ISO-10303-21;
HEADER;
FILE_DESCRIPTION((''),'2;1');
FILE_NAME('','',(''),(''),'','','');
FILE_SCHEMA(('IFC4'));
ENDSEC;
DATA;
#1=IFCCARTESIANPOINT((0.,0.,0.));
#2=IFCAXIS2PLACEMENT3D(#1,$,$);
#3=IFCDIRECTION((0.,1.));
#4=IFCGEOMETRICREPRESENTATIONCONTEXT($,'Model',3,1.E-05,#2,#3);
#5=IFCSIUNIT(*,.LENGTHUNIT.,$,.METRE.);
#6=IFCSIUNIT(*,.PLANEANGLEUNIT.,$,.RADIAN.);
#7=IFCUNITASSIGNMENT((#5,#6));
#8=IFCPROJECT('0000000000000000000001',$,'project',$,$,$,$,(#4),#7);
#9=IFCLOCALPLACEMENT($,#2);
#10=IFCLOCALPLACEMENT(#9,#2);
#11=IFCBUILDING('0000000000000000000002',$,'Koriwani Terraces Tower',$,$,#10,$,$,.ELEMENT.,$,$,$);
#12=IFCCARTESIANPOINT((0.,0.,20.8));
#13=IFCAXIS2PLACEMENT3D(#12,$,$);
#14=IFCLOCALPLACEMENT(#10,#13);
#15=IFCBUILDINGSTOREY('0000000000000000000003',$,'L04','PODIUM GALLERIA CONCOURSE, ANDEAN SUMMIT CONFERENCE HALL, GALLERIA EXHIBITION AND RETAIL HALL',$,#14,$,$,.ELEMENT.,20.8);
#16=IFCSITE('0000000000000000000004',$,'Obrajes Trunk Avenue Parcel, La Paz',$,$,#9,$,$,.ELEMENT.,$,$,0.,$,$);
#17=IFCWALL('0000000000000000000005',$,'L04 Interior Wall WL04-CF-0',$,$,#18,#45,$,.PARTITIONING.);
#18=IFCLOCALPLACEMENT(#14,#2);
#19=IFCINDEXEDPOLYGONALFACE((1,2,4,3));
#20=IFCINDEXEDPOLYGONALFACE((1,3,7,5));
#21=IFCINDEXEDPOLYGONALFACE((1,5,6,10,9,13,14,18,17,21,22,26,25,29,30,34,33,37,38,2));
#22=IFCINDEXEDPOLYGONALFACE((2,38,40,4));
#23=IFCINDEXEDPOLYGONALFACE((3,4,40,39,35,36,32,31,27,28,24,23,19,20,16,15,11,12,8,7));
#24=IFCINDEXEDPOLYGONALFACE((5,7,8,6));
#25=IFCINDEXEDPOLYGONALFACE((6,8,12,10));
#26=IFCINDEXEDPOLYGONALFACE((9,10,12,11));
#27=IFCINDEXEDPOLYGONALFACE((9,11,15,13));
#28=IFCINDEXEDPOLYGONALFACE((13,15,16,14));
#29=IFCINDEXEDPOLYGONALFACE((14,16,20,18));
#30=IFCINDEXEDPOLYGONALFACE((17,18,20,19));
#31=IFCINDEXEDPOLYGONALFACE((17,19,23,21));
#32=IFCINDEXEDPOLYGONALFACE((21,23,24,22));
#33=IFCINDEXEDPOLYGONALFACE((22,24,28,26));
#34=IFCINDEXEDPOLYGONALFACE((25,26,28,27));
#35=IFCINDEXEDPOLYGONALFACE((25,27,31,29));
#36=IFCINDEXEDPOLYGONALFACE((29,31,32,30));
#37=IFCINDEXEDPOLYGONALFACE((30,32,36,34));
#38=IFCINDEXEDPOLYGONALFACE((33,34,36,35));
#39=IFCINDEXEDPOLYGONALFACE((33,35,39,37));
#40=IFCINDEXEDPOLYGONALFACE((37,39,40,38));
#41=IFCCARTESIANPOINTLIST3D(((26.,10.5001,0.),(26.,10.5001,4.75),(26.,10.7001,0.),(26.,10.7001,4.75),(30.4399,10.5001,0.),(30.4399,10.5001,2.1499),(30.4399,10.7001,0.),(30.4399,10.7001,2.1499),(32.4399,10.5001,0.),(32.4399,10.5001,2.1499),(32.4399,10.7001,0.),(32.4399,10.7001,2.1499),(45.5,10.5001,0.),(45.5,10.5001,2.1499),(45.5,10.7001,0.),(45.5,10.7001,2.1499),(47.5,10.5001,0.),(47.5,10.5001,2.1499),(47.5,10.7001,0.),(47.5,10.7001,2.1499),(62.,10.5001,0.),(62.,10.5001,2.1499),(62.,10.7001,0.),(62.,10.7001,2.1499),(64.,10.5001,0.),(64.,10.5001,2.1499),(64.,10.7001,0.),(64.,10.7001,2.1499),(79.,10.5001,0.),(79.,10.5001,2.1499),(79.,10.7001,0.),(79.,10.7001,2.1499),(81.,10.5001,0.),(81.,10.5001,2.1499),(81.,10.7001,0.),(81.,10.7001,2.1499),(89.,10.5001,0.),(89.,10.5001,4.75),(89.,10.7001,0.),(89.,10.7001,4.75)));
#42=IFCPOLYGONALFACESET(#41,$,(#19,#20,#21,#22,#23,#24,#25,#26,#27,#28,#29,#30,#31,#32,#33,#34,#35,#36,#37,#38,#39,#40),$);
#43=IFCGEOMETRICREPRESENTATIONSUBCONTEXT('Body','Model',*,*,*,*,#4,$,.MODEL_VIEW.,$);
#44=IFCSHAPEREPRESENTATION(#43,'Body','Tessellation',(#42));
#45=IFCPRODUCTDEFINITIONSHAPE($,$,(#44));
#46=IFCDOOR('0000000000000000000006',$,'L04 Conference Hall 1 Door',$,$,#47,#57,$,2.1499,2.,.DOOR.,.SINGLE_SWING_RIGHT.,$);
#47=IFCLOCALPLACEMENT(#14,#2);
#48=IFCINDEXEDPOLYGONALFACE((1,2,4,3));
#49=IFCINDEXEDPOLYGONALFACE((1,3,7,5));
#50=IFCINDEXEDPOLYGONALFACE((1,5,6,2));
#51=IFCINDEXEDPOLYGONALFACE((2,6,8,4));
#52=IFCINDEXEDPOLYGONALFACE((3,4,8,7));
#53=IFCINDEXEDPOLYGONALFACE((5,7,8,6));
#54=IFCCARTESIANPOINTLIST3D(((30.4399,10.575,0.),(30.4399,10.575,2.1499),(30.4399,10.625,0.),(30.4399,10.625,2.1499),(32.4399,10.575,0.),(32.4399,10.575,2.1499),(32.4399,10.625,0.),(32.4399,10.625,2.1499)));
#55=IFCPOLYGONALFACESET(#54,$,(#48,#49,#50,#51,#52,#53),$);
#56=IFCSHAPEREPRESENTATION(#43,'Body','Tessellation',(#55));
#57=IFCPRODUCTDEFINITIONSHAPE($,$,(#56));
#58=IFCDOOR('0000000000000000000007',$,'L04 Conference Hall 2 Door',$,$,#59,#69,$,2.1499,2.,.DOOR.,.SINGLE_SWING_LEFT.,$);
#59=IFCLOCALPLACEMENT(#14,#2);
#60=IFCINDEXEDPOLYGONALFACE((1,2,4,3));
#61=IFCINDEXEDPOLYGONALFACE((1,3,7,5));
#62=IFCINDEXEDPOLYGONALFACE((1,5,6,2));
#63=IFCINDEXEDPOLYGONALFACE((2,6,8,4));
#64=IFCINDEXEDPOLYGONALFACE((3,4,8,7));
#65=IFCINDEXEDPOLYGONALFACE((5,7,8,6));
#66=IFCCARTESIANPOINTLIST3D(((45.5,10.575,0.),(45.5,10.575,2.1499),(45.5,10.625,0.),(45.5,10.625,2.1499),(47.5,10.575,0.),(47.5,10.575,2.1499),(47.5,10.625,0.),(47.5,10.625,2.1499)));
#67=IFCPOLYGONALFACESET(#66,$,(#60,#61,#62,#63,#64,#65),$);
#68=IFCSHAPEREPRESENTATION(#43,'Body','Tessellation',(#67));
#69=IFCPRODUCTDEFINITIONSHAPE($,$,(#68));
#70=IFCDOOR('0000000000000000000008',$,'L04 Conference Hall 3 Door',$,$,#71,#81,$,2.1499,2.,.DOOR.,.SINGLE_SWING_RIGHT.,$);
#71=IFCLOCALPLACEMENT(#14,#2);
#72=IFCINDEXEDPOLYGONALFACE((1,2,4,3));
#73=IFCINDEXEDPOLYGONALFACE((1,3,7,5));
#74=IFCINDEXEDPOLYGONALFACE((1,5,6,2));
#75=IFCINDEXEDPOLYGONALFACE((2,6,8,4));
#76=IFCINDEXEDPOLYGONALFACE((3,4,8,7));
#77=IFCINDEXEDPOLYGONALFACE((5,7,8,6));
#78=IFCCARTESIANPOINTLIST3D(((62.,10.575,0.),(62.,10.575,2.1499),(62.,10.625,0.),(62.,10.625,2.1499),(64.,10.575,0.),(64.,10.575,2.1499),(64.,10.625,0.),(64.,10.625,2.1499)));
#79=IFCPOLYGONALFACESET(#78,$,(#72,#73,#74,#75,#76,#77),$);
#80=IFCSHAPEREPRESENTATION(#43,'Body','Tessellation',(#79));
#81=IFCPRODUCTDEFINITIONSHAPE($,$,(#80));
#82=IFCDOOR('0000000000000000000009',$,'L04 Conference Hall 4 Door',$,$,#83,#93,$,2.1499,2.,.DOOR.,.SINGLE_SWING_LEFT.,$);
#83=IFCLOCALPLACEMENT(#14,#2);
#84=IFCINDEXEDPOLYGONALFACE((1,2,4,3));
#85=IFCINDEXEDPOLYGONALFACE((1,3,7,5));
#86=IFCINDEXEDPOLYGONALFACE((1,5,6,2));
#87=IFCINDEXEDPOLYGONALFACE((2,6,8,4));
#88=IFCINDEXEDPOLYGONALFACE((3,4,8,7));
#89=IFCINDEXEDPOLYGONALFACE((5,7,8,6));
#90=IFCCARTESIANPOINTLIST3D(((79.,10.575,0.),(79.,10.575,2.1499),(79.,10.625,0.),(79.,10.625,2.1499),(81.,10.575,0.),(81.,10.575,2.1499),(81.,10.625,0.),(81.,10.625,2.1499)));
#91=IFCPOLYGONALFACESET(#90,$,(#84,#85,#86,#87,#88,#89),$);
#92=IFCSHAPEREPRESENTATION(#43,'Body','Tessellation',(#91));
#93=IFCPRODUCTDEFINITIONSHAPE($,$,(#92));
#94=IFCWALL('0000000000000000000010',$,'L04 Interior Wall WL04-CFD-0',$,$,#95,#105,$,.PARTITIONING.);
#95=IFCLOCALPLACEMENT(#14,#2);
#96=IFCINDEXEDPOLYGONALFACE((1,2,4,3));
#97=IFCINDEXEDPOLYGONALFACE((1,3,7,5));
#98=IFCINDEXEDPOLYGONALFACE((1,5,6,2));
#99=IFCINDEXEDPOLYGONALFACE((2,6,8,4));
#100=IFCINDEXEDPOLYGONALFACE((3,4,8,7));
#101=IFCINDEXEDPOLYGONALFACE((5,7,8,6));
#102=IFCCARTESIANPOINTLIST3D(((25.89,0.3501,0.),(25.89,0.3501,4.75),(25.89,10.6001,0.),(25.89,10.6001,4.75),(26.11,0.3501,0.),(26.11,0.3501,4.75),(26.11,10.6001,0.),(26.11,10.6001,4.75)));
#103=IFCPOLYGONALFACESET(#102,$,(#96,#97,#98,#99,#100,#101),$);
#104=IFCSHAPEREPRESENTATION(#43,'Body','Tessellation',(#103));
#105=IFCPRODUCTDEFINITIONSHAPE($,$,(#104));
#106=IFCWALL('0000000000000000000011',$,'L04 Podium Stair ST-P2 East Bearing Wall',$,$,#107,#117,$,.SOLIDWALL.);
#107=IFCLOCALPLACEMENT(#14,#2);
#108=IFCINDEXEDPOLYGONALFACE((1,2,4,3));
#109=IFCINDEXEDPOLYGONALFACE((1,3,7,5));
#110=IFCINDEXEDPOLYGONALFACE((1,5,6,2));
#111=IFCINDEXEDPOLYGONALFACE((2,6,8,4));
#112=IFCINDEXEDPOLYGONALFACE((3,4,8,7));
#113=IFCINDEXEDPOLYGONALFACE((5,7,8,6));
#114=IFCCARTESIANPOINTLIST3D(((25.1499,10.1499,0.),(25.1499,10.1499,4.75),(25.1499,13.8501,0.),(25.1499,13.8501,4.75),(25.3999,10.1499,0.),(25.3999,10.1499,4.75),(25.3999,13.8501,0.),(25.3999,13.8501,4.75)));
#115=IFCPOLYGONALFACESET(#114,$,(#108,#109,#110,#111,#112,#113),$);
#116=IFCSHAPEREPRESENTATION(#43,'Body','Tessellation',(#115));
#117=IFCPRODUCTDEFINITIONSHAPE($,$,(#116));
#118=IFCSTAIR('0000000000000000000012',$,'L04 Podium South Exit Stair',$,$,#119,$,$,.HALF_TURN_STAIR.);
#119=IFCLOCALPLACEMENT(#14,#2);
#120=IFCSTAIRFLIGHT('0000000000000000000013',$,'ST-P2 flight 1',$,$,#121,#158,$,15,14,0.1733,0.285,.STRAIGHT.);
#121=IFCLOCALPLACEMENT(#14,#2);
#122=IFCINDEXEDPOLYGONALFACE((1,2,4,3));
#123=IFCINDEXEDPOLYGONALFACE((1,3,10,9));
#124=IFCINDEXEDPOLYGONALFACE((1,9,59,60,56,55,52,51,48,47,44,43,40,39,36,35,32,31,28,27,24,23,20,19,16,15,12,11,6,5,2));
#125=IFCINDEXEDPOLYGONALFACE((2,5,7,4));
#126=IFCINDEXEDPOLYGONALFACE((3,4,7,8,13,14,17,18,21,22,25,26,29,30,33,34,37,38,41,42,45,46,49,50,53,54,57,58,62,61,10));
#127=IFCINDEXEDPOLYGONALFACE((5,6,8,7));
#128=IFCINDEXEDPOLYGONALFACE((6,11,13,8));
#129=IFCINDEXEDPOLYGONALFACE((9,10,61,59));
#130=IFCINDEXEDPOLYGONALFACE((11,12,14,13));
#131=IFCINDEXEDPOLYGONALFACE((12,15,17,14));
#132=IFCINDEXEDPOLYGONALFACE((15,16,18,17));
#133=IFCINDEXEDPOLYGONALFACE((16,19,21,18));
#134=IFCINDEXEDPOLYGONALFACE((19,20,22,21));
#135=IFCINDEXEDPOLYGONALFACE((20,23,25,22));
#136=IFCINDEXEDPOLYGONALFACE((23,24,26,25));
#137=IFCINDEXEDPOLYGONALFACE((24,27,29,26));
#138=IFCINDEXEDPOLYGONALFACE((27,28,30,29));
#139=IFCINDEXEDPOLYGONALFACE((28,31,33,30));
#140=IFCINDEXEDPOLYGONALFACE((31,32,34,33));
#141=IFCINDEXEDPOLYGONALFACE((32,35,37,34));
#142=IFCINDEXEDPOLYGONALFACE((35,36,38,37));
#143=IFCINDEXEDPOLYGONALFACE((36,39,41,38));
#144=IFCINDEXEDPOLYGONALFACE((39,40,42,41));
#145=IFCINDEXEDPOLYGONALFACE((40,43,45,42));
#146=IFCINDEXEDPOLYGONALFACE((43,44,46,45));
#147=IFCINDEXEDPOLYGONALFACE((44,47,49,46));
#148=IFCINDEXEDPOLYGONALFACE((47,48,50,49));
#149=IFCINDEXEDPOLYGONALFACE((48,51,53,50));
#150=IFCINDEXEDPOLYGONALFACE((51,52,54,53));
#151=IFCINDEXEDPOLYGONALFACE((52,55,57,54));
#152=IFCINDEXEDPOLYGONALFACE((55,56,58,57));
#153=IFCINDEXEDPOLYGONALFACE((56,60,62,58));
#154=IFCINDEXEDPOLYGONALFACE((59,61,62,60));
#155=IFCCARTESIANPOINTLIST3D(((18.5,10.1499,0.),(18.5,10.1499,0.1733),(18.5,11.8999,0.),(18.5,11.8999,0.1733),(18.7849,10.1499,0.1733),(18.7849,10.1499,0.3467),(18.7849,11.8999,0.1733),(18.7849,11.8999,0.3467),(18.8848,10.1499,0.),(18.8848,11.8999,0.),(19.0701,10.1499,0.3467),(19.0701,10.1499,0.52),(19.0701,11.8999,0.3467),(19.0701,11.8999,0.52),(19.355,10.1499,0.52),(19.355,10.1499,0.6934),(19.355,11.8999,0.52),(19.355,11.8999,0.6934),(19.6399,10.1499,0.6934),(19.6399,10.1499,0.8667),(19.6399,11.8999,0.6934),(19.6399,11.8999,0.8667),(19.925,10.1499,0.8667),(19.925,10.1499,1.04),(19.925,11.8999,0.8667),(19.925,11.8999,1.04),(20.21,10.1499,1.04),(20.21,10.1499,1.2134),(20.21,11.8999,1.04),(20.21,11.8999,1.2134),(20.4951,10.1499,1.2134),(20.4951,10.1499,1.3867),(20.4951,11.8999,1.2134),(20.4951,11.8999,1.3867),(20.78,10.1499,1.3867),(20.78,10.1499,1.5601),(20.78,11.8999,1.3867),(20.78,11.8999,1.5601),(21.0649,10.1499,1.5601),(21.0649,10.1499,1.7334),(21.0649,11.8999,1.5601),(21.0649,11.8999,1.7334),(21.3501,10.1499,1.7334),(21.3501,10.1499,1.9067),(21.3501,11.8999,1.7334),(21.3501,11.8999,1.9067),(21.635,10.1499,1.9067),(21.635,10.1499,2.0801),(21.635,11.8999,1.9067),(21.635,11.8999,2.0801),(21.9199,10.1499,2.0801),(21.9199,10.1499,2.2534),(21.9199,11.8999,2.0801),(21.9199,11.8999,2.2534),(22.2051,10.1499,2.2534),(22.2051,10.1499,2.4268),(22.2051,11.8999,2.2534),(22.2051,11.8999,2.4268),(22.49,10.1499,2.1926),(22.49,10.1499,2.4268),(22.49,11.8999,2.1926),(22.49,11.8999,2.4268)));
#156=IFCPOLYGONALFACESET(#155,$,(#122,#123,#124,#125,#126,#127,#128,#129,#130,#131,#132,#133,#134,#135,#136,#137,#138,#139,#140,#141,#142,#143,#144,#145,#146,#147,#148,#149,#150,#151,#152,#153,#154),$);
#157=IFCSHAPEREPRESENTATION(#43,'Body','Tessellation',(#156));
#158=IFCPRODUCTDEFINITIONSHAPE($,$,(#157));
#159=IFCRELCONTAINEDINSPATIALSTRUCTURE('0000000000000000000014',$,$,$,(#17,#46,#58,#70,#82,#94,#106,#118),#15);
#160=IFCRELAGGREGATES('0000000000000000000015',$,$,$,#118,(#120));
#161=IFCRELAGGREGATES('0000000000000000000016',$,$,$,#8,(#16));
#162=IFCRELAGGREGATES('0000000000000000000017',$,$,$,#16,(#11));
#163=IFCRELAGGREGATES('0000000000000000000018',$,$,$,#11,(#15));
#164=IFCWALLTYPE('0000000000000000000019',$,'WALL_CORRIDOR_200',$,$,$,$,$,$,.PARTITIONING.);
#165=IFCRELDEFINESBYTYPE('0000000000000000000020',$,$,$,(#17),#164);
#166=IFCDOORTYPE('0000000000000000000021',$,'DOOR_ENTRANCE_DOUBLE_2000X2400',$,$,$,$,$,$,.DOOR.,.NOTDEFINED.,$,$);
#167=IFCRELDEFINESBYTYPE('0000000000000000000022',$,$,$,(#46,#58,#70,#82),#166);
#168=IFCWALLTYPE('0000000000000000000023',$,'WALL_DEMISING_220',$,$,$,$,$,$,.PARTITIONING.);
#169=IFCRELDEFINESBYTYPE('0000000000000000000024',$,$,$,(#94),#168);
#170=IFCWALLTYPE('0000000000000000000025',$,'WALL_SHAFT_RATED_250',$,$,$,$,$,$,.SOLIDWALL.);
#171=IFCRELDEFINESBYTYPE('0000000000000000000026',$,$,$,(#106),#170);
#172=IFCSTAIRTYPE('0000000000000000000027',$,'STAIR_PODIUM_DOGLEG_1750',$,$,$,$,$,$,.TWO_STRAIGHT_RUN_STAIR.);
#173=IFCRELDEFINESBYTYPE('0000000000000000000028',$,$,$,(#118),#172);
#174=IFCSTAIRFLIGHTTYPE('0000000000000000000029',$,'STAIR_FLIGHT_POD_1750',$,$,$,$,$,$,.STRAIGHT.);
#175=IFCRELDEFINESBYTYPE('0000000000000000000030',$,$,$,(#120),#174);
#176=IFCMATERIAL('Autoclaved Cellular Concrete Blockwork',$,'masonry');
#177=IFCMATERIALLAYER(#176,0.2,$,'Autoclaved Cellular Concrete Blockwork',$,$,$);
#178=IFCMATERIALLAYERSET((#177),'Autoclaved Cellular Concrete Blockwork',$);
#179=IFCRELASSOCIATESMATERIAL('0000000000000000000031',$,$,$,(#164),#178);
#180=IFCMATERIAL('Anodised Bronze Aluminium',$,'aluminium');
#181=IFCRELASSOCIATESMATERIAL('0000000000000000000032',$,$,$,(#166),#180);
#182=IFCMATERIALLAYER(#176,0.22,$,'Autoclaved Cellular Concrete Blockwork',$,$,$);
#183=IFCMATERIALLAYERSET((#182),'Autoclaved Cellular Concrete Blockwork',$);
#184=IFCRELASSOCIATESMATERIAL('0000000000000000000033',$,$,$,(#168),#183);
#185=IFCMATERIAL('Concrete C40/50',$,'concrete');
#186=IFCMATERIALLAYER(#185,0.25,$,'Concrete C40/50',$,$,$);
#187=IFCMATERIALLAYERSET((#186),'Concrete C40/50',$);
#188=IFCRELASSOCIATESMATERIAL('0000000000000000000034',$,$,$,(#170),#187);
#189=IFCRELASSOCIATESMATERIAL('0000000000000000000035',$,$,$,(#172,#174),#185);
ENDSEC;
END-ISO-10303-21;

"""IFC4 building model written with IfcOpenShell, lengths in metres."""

from ifc_helpers import new_model, si_unit, direction, frame, frame_2d, origin, place, context, subcontext, project, spatial, polyline, rectangle, outline, extrude, material, layer, layer_set, type_object, element, fill, aggregate, save


model = new_model("IFC4")

# Units and contexts
model_context = context("Model", 3, precision=1e-05, world=origin(), true_north=direction((0.0, 1.0)))
body_context = subcontext(model_context, "Body", "Model", "MODEL_VIEW")
ifc_project = project(units=[si_unit("LENGTHUNIT", "METRE"), si_unit("PLANEANGLEUNIT", "RADIAN")], contexts=[model_context])

# Site, building, storey
site_placement = place(None, origin())
site = spatial("IfcSite", under=ifc_project, at=site_placement, Name="Obrajes Trunk Avenue Parcel, La Paz", CompositionType="ELEMENT", RefElevation=0.0)
building_placement = place(site_placement, origin())
building = spatial("IfcBuilding", under=site, at=building_placement, Name="Koriwani Terraces Tower", CompositionType="ELEMENT")
storey_placement = place(building_placement, frame((0.0, 0.0, 20.8)))
storey = spatial("IfcBuildingStorey", under=building, at=storey_placement, Name="L04", Description="PODIUM GALLERIA CONCOURSE, ANDEAN SUMMIT CONFERENCE HALL, GALLERIA EXHIBITION AND RETAIL HALL", CompositionType="ELEMENT", Elevation=20.8)

# Shared definitions
ifc_material_1 = material(Name="Concrete C40/50", Category="concrete")

# Wall, openings, doors
ifc_material_2 = material(Name="Autoclaved Cellular Concrete Blockwork", Category="masonry")
ifc_layer_1 = layer(ifc_material_2, 0.2, Name="Autoclaved Cellular Concrete Blockwork")
ifc_layer_set_1 = layer_set([ifc_layer_1], Name="Autoclaved Cellular Concrete Blockwork")
wall_type_1 = type_object("IfcWallType", Name="WALL_CORRIDOR_200", PredefinedType="PARTITIONING", material=ifc_layer_set_1)
wall_1_placement = place(storey_placement, frame((26.0, 10.6001, 0.0), z_axis=(0.0, 0.0, 1.0), x_axis=(1.0, 0.0, 0.0)))
wall_1 = element("IfcWall", 1, at=wall_1_placement, inside=storey, type_object=wall_type_1, Name="L04 Interior Wall WL04-CF-0", PredefinedType="PARTITIONING", context=body_context, shape_type="SweptSolid", body=[
    extrude(rectangle(XDim=63.0, YDim=0.2, at=frame_2d((31.5, 0.0))), origin(), (0.0, 0.0, 1.0), 4.75),
])
opening_1_placement = place(wall_1_placement, frame((4.4399, 0.0, 0.0)))
opening_1 = element("IfcOpeningElement", 2, at=opening_1_placement, cuts=wall_1, PredefinedType="OPENING", context=body_context, shape_type="SweptSolid", body=[
    extrude(rectangle(XDim=2.0, YDim=2.1499, at=frame_2d((1.0, 1.075))), frame((0.0, 0.1099, 0.0), z_axis=(0.0, -1.0, 0.0), x_axis=(1.0, 0.0, 0.0)), (0.0, 0.0, 1.0), 0.22),
])
opening_2_placement = place(wall_1_placement, frame((19.5, 0.0, 0.0)))
opening_2 = element("IfcOpeningElement", 3, at=opening_2_placement, cuts=wall_1, PredefinedType="OPENING", context=body_context, shape_type="SweptSolid", body=[
    extrude(rectangle(XDim=2.0, YDim=2.1499, at=frame_2d((1.0, 1.075))), frame((0.0, 0.1099, 0.0), z_axis=(0.0, -1.0, 0.0), x_axis=(1.0, 0.0, 0.0)), (0.0, 0.0, 1.0), 0.22),
])
opening_3_placement = place(wall_1_placement, frame((36.0, 0.0, 0.0)))
opening_3 = element("IfcOpeningElement", 4, at=opening_3_placement, cuts=wall_1, PredefinedType="OPENING", context=body_context, shape_type="SweptSolid", body=[
    extrude(rectangle(XDim=2.0, YDim=2.1499, at=frame_2d((1.0, 1.075))), frame((0.0, 0.1099, 0.0), z_axis=(0.0, -1.0, 0.0), x_axis=(1.0, 0.0, 0.0)), (0.0, 0.0, 1.0), 0.22),
])
opening_4_placement = place(wall_1_placement, frame((53.0, 0.0, 0.0)))
opening_4 = element("IfcOpeningElement", 5, at=opening_4_placement, cuts=wall_1, PredefinedType="OPENING", context=body_context, shape_type="SweptSolid", body=[
    extrude(rectangle(XDim=2.0, YDim=2.1499, at=frame_2d((1.0, 1.075))), frame((0.0, 0.1099, 0.0), z_axis=(0.0, -1.0, 0.0), x_axis=(1.0, 0.0, 0.0)), (0.0, 0.0, 1.0), 0.22),
])
ifc_material_3 = material(Name="Anodised Bronze Aluminium", Category="aluminium")
door_type = type_object("IfcDoorType", Name="DOOR_ENTRANCE_DOUBLE_2000X2400", OperationType="NOTDEFINED", PredefinedType="DOOR", material=ifc_material_3)
door_1_placement = place(opening_1_placement, origin())
door_1 = element("IfcDoor", 6, at=door_1_placement, inside=storey, type_object=door_type, Name="L04 Conference Hall 1 Door", OperationType="SINGLE_SWING_RIGHT", OverallHeight=2.1499, OverallWidth=2.0, PredefinedType="DOOR", context=body_context, shape_type="SweptSolid", body=[
    extrude(rectangle(XDim=2.0, YDim=2.1499, at=frame_2d((1.0, 1.075))), frame((0.0, 0.0249, 0.0), z_axis=(0.0, -1.0, 0.0), x_axis=(1.0, 0.0, 0.0)), (0.0, 0.0, 1.0), 0.05),
])
fill(opening_1, door_1)
door_2_placement = place(opening_2_placement, origin())
door_2 = element("IfcDoor", 7, at=door_2_placement, inside=storey, type_object=door_type, Name="L04 Conference Hall 2 Door", OperationType="SINGLE_SWING_LEFT", OverallHeight=2.1499, OverallWidth=2.0, PredefinedType="DOOR", context=body_context, shape_type="SweptSolid", body=[
    extrude(rectangle(XDim=2.0, YDim=2.1499, at=frame_2d((1.0, 1.075))), frame((0.0, 0.0249, 0.0), z_axis=(0.0, -1.0, 0.0), x_axis=(1.0, 0.0, 0.0)), (0.0, 0.0, 1.0), 0.05),
])
fill(opening_2, door_2)
door_3_placement = place(opening_3_placement, origin())
door_3 = element("IfcDoor", 8, at=door_3_placement, inside=storey, type_object=door_type, Name="L04 Conference Hall 3 Door", OperationType="SINGLE_SWING_RIGHT", OverallHeight=2.1499, OverallWidth=2.0, PredefinedType="DOOR", context=body_context, shape_type="SweptSolid", body=[
    extrude(rectangle(XDim=2.0, YDim=2.1499, at=frame_2d((1.0, 1.075))), frame((0.0, 0.0249, 0.0), z_axis=(0.0, -1.0, 0.0), x_axis=(1.0, 0.0, 0.0)), (0.0, 0.0, 1.0), 0.05),
])
fill(opening_3, door_3)
door_4_placement = place(opening_4_placement, origin())
door_4 = element("IfcDoor", 9, at=door_4_placement, inside=storey, type_object=door_type, Name="L04 Conference Hall 4 Door", OperationType="SINGLE_SWING_LEFT", OverallHeight=2.1499, OverallWidth=2.0, PredefinedType="DOOR", context=body_context, shape_type="SweptSolid", body=[
    extrude(rectangle(XDim=2.0, YDim=2.1499, at=frame_2d((1.0, 1.075))), frame((0.0, 0.0249, 0.0), z_axis=(0.0, -1.0, 0.0), x_axis=(1.0, 0.0, 0.0)), (0.0, 0.0, 1.0), 0.05),
])
fill(opening_4, door_4)

# Walls
ifc_layer_2 = layer(ifc_material_2, 0.22, Name="Autoclaved Cellular Concrete Blockwork")
ifc_layer_set_2 = layer_set([ifc_layer_2], Name="Autoclaved Cellular Concrete Blockwork")
wall_type_2 = type_object("IfcWallType", Name="WALL_DEMISING_220", PredefinedType="PARTITIONING", material=ifc_layer_set_2)
wall_2_placement = place(storey_placement, frame((26.0, 0.3501, 0.0), z_axis=(0.0, 0.0, 1.0), x_axis=(0.0, 1.0, 0.0)))
element("IfcWall", 10, at=wall_2_placement, inside=storey, type_object=wall_type_2, Name="L04 Interior Wall WL04-CFD-0", PredefinedType="PARTITIONING", context=body_context, shape_type="SweptSolid", body=[
    extrude(rectangle(XDim=10.25, YDim=0.22, at=frame_2d((5.125, 0.0))), origin(), (0.0, 0.0, 1.0), 4.75),
])
ifc_layer_3 = layer(ifc_material_1, 0.25, Name="Concrete C40/50")
ifc_layer_set_3 = layer_set([ifc_layer_3], Name="Concrete C40/50")
wall_type_3 = type_object("IfcWallType", Name="WALL_SHAFT_RATED_250", PredefinedType="SOLIDWALL", material=ifc_layer_set_3)
wall_3_placement = place(storey_placement, frame((25.2749, 10.1499, 0.0), z_axis=(0.0, 0.0, 1.0), x_axis=(0.0, 1.0, 0.0)))
element("IfcWall", 11, at=wall_3_placement, inside=storey, type_object=wall_type_3, Name="L04 Podium Stair ST-P2 East Bearing Wall", PredefinedType="SOLIDWALL", context=body_context, shape_type="SweptSolid", body=[
    extrude(rectangle(XDim=3.7002, YDim=0.25, at=frame_2d((1.8501, 0.0))), origin(), (0.0, 0.0, 1.0), 4.75),
])

# Stair, stair flight
stair_type = type_object("IfcStairType", Name="STAIR_PODIUM_DOGLEG_1750", PredefinedType="TWO_STRAIGHT_RUN_STAIR", material=ifc_material_1)
stair_placement = place(storey_placement, origin())
stair = element("IfcStair", 12, at=stair_placement, inside=storey, type_object=stair_type, Name="L04 Podium South Exit Stair", PredefinedType="HALF_TURN_STAIR")
stair_flight_type = type_object("IfcStairFlightType", Name="STAIR_FLIGHT_POD_1750", PredefinedType="STRAIGHT", material=ifc_material_1)
stair_flight_1_placement = place(storey_placement, frame((18.5, 11.0249, 0.0), z_axis=(0.0, 0.0, 1.0), x_axis=(1.0, 0.0, 0.0)))
stair_flight_1 = element("IfcStairFlight", 13, at=stair_flight_1_placement, type_object=stair_flight_type, Name="ST-P2 flight 1", NumberOfRisers=15, NumberOfTreads=14, PredefinedType="STRAIGHT", RiserHeight=0.1733, TreadLength=0.285, context=body_context, shape_type="SweptSolid", body=[
    extrude(outline(polyline([(0.0, 0.0), (0.0, 0.1733), (0.2849, 0.1733), (0.2849, 0.3467), (0.5701, 0.3467), (0.5701, 0.52), (0.855, 0.52), (0.855, 0.6934), (1.1399, 0.6934), (1.1399, 0.8667), (1.425, 0.8667), (1.425, 1.04), (1.71, 1.04), (1.71, 1.2134), (1.9951, 1.2134), (1.9951, 1.3867), (2.28, 1.3867), (2.28, 1.5601), (2.5649, 1.5601), (2.5649, 1.7334), (2.8501, 1.7334), (2.8501, 1.9067), (3.135, 1.9067), (3.135, 2.0801), (3.4199, 2.0801), (3.4199, 2.2534), (3.7051, 2.2534), (3.7051, 2.4268), (3.99, 2.4268), (3.99, 2.6001), (3.99, 2.1926), (0.3848, 0.0), (0.0, 0.0)])), frame((0.0, 0.875, 0.0), z_axis=(0.0, -1.0, 0.0), x_axis=(1.0, 0.0, 0.0)), (0.0, 0.0, 1.0), 1.75),
])
aggregate(stair, [stair_flight_1])

save(model, "model.ifc")
